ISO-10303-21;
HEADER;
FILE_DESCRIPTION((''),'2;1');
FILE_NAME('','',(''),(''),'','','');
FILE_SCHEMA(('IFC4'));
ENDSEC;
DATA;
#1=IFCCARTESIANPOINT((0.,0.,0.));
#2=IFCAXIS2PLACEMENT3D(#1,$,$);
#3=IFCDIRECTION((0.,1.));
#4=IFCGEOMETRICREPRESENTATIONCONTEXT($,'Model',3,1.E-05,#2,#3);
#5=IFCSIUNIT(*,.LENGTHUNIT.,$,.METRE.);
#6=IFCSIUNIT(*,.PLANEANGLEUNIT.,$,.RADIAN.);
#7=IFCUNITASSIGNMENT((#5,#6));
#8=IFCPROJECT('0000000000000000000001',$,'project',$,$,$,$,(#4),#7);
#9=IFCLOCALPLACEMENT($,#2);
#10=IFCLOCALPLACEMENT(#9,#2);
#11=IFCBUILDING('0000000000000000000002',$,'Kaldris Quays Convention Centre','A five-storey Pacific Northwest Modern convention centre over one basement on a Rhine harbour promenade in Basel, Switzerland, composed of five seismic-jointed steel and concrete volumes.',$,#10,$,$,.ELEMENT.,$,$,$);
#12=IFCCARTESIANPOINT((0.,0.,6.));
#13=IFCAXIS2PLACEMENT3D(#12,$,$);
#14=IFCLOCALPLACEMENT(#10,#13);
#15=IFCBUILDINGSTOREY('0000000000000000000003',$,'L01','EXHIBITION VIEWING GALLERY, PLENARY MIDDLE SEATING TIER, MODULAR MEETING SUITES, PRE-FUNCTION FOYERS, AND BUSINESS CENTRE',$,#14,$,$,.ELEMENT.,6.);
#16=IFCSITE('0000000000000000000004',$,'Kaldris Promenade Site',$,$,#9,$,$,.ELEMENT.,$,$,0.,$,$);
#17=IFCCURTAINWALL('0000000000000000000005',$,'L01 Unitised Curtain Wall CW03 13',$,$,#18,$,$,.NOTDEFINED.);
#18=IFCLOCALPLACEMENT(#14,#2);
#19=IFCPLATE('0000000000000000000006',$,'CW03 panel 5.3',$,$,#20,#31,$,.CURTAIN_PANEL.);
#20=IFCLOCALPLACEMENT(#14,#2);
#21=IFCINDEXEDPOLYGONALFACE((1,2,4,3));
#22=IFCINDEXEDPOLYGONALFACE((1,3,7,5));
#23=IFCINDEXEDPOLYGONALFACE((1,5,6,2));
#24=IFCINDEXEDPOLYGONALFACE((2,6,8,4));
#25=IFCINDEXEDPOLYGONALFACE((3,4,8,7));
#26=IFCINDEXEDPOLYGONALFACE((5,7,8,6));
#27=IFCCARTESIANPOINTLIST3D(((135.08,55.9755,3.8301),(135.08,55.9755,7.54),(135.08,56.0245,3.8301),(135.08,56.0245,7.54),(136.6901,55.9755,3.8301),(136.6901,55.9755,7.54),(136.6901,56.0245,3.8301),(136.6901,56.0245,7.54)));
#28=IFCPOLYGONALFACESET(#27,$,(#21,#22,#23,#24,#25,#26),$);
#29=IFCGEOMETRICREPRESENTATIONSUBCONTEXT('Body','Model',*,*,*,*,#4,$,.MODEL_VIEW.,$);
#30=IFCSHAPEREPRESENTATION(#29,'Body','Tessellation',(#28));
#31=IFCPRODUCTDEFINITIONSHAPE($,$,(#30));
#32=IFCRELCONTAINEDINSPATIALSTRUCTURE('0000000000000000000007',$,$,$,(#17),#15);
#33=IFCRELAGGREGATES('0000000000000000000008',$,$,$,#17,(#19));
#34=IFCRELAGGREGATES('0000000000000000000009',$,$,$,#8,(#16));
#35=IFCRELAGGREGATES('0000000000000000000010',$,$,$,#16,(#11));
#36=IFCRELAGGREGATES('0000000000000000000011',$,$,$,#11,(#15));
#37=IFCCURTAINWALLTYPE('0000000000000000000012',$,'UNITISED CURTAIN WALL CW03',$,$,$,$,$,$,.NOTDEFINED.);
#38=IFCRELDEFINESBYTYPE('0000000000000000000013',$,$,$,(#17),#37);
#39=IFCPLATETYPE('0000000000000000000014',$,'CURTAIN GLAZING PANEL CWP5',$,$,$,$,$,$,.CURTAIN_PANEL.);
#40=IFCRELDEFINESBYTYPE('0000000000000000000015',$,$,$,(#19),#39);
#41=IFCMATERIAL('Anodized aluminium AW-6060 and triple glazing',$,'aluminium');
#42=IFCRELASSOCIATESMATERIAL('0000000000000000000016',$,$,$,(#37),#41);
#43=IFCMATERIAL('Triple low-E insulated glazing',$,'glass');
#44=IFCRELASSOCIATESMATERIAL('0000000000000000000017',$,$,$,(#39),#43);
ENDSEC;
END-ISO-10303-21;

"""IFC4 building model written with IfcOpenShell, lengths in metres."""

from ifc_helpers import new_model, si_unit, direction, frame, origin, origin_2d, place, context, subcontext, project, spatial, rectangle, extrude, material, type_object, element, aggregate, save


model = new_model("IFC4")

# Units and contexts
model_context = context("Model", 3, precision=1e-05, world=origin(), true_north=direction((0.0, 1.0)))
body_context = subcontext(model_context, "Body", "Model", "MODEL_VIEW")
ifc_project = project(units=[si_unit("LENGTHUNIT", "METRE"), si_unit("PLANEANGLEUNIT", "RADIAN")], contexts=[model_context])

# Site, building, storey
site_placement = place(None, origin())
site = spatial("IfcSite", under=ifc_project, at=site_placement, Name="Kaldris Promenade Site", CompositionType="ELEMENT", RefElevation=0.0)
building_placement = place(site_placement, origin())
building = spatial("IfcBuilding", under=site, at=building_placement, Name="Kaldris Quays Convention Centre", Description="A five-storey Pacific Northwest Modern convention centre over one basement on a Rhine harbour promenade in Basel, Switzerland, composed of five seismic-jointed steel and concrete volumes.", CompositionType="ELEMENT")
storey_placement = place(building_placement, frame((0.0, 0.0, 6.0)))
storey = spatial("IfcBuildingStorey", under=building, at=storey_placement, Name="L01", Description="EXHIBITION VIEWING GALLERY, PLENARY MIDDLE SEATING TIER, MODULAR MEETING SUITES, PRE-FUNCTION FOYERS, AND BUSINESS CENTRE", CompositionType="ELEMENT", Elevation=6.0)

# Curtain wall, plate
ifc_material_1 = material(Name="Anodized aluminium AW-6060 and triple glazing", Category="aluminium")
curtain_wall_type = type_object("IfcCurtainWallType", Name="UNITISED CURTAIN WALL CW03", PredefinedType="NOTDEFINED", material=ifc_material_1)
curtain_wall_placement = place(storey_placement, origin())
curtain_wall = element("IfcCurtainWall", 1, at=curtain_wall_placement, inside=storey, type_object=curtain_wall_type, Name="L01 Unitised Curtain Wall CW03 13", PredefinedType="NOTDEFINED")
ifc_material_2 = material(Name="Triple low-E insulated glazing", Category="glass")
plate_type = type_object("IfcPlateType", Name="CURTAIN GLAZING PANEL CWP5", PredefinedType="CURTAIN_PANEL", material=ifc_material_2)
plate_1_placement = place(storey_placement, frame((135.885, 56.0, 3.8301), z_axis=(0.0, 0.0, 1.0), x_axis=(1.0, 0.0, 0.0)))
plate_1 = element("IfcPlate", 2, at=plate_1_placement, type_object=plate_type, Name="CW03 panel 5.3", PredefinedType="CURTAIN_PANEL", context=body_context, shape_type="SweptSolid", body=[
    extrude(rectangle(XDim=1.6101, YDim=0.0491, at=origin_2d()), origin(), (0.0, 0.0, 1.0), 3.71),
])
aggregate(curtain_wall, [plate_1])

save(model, "model.ifc")
